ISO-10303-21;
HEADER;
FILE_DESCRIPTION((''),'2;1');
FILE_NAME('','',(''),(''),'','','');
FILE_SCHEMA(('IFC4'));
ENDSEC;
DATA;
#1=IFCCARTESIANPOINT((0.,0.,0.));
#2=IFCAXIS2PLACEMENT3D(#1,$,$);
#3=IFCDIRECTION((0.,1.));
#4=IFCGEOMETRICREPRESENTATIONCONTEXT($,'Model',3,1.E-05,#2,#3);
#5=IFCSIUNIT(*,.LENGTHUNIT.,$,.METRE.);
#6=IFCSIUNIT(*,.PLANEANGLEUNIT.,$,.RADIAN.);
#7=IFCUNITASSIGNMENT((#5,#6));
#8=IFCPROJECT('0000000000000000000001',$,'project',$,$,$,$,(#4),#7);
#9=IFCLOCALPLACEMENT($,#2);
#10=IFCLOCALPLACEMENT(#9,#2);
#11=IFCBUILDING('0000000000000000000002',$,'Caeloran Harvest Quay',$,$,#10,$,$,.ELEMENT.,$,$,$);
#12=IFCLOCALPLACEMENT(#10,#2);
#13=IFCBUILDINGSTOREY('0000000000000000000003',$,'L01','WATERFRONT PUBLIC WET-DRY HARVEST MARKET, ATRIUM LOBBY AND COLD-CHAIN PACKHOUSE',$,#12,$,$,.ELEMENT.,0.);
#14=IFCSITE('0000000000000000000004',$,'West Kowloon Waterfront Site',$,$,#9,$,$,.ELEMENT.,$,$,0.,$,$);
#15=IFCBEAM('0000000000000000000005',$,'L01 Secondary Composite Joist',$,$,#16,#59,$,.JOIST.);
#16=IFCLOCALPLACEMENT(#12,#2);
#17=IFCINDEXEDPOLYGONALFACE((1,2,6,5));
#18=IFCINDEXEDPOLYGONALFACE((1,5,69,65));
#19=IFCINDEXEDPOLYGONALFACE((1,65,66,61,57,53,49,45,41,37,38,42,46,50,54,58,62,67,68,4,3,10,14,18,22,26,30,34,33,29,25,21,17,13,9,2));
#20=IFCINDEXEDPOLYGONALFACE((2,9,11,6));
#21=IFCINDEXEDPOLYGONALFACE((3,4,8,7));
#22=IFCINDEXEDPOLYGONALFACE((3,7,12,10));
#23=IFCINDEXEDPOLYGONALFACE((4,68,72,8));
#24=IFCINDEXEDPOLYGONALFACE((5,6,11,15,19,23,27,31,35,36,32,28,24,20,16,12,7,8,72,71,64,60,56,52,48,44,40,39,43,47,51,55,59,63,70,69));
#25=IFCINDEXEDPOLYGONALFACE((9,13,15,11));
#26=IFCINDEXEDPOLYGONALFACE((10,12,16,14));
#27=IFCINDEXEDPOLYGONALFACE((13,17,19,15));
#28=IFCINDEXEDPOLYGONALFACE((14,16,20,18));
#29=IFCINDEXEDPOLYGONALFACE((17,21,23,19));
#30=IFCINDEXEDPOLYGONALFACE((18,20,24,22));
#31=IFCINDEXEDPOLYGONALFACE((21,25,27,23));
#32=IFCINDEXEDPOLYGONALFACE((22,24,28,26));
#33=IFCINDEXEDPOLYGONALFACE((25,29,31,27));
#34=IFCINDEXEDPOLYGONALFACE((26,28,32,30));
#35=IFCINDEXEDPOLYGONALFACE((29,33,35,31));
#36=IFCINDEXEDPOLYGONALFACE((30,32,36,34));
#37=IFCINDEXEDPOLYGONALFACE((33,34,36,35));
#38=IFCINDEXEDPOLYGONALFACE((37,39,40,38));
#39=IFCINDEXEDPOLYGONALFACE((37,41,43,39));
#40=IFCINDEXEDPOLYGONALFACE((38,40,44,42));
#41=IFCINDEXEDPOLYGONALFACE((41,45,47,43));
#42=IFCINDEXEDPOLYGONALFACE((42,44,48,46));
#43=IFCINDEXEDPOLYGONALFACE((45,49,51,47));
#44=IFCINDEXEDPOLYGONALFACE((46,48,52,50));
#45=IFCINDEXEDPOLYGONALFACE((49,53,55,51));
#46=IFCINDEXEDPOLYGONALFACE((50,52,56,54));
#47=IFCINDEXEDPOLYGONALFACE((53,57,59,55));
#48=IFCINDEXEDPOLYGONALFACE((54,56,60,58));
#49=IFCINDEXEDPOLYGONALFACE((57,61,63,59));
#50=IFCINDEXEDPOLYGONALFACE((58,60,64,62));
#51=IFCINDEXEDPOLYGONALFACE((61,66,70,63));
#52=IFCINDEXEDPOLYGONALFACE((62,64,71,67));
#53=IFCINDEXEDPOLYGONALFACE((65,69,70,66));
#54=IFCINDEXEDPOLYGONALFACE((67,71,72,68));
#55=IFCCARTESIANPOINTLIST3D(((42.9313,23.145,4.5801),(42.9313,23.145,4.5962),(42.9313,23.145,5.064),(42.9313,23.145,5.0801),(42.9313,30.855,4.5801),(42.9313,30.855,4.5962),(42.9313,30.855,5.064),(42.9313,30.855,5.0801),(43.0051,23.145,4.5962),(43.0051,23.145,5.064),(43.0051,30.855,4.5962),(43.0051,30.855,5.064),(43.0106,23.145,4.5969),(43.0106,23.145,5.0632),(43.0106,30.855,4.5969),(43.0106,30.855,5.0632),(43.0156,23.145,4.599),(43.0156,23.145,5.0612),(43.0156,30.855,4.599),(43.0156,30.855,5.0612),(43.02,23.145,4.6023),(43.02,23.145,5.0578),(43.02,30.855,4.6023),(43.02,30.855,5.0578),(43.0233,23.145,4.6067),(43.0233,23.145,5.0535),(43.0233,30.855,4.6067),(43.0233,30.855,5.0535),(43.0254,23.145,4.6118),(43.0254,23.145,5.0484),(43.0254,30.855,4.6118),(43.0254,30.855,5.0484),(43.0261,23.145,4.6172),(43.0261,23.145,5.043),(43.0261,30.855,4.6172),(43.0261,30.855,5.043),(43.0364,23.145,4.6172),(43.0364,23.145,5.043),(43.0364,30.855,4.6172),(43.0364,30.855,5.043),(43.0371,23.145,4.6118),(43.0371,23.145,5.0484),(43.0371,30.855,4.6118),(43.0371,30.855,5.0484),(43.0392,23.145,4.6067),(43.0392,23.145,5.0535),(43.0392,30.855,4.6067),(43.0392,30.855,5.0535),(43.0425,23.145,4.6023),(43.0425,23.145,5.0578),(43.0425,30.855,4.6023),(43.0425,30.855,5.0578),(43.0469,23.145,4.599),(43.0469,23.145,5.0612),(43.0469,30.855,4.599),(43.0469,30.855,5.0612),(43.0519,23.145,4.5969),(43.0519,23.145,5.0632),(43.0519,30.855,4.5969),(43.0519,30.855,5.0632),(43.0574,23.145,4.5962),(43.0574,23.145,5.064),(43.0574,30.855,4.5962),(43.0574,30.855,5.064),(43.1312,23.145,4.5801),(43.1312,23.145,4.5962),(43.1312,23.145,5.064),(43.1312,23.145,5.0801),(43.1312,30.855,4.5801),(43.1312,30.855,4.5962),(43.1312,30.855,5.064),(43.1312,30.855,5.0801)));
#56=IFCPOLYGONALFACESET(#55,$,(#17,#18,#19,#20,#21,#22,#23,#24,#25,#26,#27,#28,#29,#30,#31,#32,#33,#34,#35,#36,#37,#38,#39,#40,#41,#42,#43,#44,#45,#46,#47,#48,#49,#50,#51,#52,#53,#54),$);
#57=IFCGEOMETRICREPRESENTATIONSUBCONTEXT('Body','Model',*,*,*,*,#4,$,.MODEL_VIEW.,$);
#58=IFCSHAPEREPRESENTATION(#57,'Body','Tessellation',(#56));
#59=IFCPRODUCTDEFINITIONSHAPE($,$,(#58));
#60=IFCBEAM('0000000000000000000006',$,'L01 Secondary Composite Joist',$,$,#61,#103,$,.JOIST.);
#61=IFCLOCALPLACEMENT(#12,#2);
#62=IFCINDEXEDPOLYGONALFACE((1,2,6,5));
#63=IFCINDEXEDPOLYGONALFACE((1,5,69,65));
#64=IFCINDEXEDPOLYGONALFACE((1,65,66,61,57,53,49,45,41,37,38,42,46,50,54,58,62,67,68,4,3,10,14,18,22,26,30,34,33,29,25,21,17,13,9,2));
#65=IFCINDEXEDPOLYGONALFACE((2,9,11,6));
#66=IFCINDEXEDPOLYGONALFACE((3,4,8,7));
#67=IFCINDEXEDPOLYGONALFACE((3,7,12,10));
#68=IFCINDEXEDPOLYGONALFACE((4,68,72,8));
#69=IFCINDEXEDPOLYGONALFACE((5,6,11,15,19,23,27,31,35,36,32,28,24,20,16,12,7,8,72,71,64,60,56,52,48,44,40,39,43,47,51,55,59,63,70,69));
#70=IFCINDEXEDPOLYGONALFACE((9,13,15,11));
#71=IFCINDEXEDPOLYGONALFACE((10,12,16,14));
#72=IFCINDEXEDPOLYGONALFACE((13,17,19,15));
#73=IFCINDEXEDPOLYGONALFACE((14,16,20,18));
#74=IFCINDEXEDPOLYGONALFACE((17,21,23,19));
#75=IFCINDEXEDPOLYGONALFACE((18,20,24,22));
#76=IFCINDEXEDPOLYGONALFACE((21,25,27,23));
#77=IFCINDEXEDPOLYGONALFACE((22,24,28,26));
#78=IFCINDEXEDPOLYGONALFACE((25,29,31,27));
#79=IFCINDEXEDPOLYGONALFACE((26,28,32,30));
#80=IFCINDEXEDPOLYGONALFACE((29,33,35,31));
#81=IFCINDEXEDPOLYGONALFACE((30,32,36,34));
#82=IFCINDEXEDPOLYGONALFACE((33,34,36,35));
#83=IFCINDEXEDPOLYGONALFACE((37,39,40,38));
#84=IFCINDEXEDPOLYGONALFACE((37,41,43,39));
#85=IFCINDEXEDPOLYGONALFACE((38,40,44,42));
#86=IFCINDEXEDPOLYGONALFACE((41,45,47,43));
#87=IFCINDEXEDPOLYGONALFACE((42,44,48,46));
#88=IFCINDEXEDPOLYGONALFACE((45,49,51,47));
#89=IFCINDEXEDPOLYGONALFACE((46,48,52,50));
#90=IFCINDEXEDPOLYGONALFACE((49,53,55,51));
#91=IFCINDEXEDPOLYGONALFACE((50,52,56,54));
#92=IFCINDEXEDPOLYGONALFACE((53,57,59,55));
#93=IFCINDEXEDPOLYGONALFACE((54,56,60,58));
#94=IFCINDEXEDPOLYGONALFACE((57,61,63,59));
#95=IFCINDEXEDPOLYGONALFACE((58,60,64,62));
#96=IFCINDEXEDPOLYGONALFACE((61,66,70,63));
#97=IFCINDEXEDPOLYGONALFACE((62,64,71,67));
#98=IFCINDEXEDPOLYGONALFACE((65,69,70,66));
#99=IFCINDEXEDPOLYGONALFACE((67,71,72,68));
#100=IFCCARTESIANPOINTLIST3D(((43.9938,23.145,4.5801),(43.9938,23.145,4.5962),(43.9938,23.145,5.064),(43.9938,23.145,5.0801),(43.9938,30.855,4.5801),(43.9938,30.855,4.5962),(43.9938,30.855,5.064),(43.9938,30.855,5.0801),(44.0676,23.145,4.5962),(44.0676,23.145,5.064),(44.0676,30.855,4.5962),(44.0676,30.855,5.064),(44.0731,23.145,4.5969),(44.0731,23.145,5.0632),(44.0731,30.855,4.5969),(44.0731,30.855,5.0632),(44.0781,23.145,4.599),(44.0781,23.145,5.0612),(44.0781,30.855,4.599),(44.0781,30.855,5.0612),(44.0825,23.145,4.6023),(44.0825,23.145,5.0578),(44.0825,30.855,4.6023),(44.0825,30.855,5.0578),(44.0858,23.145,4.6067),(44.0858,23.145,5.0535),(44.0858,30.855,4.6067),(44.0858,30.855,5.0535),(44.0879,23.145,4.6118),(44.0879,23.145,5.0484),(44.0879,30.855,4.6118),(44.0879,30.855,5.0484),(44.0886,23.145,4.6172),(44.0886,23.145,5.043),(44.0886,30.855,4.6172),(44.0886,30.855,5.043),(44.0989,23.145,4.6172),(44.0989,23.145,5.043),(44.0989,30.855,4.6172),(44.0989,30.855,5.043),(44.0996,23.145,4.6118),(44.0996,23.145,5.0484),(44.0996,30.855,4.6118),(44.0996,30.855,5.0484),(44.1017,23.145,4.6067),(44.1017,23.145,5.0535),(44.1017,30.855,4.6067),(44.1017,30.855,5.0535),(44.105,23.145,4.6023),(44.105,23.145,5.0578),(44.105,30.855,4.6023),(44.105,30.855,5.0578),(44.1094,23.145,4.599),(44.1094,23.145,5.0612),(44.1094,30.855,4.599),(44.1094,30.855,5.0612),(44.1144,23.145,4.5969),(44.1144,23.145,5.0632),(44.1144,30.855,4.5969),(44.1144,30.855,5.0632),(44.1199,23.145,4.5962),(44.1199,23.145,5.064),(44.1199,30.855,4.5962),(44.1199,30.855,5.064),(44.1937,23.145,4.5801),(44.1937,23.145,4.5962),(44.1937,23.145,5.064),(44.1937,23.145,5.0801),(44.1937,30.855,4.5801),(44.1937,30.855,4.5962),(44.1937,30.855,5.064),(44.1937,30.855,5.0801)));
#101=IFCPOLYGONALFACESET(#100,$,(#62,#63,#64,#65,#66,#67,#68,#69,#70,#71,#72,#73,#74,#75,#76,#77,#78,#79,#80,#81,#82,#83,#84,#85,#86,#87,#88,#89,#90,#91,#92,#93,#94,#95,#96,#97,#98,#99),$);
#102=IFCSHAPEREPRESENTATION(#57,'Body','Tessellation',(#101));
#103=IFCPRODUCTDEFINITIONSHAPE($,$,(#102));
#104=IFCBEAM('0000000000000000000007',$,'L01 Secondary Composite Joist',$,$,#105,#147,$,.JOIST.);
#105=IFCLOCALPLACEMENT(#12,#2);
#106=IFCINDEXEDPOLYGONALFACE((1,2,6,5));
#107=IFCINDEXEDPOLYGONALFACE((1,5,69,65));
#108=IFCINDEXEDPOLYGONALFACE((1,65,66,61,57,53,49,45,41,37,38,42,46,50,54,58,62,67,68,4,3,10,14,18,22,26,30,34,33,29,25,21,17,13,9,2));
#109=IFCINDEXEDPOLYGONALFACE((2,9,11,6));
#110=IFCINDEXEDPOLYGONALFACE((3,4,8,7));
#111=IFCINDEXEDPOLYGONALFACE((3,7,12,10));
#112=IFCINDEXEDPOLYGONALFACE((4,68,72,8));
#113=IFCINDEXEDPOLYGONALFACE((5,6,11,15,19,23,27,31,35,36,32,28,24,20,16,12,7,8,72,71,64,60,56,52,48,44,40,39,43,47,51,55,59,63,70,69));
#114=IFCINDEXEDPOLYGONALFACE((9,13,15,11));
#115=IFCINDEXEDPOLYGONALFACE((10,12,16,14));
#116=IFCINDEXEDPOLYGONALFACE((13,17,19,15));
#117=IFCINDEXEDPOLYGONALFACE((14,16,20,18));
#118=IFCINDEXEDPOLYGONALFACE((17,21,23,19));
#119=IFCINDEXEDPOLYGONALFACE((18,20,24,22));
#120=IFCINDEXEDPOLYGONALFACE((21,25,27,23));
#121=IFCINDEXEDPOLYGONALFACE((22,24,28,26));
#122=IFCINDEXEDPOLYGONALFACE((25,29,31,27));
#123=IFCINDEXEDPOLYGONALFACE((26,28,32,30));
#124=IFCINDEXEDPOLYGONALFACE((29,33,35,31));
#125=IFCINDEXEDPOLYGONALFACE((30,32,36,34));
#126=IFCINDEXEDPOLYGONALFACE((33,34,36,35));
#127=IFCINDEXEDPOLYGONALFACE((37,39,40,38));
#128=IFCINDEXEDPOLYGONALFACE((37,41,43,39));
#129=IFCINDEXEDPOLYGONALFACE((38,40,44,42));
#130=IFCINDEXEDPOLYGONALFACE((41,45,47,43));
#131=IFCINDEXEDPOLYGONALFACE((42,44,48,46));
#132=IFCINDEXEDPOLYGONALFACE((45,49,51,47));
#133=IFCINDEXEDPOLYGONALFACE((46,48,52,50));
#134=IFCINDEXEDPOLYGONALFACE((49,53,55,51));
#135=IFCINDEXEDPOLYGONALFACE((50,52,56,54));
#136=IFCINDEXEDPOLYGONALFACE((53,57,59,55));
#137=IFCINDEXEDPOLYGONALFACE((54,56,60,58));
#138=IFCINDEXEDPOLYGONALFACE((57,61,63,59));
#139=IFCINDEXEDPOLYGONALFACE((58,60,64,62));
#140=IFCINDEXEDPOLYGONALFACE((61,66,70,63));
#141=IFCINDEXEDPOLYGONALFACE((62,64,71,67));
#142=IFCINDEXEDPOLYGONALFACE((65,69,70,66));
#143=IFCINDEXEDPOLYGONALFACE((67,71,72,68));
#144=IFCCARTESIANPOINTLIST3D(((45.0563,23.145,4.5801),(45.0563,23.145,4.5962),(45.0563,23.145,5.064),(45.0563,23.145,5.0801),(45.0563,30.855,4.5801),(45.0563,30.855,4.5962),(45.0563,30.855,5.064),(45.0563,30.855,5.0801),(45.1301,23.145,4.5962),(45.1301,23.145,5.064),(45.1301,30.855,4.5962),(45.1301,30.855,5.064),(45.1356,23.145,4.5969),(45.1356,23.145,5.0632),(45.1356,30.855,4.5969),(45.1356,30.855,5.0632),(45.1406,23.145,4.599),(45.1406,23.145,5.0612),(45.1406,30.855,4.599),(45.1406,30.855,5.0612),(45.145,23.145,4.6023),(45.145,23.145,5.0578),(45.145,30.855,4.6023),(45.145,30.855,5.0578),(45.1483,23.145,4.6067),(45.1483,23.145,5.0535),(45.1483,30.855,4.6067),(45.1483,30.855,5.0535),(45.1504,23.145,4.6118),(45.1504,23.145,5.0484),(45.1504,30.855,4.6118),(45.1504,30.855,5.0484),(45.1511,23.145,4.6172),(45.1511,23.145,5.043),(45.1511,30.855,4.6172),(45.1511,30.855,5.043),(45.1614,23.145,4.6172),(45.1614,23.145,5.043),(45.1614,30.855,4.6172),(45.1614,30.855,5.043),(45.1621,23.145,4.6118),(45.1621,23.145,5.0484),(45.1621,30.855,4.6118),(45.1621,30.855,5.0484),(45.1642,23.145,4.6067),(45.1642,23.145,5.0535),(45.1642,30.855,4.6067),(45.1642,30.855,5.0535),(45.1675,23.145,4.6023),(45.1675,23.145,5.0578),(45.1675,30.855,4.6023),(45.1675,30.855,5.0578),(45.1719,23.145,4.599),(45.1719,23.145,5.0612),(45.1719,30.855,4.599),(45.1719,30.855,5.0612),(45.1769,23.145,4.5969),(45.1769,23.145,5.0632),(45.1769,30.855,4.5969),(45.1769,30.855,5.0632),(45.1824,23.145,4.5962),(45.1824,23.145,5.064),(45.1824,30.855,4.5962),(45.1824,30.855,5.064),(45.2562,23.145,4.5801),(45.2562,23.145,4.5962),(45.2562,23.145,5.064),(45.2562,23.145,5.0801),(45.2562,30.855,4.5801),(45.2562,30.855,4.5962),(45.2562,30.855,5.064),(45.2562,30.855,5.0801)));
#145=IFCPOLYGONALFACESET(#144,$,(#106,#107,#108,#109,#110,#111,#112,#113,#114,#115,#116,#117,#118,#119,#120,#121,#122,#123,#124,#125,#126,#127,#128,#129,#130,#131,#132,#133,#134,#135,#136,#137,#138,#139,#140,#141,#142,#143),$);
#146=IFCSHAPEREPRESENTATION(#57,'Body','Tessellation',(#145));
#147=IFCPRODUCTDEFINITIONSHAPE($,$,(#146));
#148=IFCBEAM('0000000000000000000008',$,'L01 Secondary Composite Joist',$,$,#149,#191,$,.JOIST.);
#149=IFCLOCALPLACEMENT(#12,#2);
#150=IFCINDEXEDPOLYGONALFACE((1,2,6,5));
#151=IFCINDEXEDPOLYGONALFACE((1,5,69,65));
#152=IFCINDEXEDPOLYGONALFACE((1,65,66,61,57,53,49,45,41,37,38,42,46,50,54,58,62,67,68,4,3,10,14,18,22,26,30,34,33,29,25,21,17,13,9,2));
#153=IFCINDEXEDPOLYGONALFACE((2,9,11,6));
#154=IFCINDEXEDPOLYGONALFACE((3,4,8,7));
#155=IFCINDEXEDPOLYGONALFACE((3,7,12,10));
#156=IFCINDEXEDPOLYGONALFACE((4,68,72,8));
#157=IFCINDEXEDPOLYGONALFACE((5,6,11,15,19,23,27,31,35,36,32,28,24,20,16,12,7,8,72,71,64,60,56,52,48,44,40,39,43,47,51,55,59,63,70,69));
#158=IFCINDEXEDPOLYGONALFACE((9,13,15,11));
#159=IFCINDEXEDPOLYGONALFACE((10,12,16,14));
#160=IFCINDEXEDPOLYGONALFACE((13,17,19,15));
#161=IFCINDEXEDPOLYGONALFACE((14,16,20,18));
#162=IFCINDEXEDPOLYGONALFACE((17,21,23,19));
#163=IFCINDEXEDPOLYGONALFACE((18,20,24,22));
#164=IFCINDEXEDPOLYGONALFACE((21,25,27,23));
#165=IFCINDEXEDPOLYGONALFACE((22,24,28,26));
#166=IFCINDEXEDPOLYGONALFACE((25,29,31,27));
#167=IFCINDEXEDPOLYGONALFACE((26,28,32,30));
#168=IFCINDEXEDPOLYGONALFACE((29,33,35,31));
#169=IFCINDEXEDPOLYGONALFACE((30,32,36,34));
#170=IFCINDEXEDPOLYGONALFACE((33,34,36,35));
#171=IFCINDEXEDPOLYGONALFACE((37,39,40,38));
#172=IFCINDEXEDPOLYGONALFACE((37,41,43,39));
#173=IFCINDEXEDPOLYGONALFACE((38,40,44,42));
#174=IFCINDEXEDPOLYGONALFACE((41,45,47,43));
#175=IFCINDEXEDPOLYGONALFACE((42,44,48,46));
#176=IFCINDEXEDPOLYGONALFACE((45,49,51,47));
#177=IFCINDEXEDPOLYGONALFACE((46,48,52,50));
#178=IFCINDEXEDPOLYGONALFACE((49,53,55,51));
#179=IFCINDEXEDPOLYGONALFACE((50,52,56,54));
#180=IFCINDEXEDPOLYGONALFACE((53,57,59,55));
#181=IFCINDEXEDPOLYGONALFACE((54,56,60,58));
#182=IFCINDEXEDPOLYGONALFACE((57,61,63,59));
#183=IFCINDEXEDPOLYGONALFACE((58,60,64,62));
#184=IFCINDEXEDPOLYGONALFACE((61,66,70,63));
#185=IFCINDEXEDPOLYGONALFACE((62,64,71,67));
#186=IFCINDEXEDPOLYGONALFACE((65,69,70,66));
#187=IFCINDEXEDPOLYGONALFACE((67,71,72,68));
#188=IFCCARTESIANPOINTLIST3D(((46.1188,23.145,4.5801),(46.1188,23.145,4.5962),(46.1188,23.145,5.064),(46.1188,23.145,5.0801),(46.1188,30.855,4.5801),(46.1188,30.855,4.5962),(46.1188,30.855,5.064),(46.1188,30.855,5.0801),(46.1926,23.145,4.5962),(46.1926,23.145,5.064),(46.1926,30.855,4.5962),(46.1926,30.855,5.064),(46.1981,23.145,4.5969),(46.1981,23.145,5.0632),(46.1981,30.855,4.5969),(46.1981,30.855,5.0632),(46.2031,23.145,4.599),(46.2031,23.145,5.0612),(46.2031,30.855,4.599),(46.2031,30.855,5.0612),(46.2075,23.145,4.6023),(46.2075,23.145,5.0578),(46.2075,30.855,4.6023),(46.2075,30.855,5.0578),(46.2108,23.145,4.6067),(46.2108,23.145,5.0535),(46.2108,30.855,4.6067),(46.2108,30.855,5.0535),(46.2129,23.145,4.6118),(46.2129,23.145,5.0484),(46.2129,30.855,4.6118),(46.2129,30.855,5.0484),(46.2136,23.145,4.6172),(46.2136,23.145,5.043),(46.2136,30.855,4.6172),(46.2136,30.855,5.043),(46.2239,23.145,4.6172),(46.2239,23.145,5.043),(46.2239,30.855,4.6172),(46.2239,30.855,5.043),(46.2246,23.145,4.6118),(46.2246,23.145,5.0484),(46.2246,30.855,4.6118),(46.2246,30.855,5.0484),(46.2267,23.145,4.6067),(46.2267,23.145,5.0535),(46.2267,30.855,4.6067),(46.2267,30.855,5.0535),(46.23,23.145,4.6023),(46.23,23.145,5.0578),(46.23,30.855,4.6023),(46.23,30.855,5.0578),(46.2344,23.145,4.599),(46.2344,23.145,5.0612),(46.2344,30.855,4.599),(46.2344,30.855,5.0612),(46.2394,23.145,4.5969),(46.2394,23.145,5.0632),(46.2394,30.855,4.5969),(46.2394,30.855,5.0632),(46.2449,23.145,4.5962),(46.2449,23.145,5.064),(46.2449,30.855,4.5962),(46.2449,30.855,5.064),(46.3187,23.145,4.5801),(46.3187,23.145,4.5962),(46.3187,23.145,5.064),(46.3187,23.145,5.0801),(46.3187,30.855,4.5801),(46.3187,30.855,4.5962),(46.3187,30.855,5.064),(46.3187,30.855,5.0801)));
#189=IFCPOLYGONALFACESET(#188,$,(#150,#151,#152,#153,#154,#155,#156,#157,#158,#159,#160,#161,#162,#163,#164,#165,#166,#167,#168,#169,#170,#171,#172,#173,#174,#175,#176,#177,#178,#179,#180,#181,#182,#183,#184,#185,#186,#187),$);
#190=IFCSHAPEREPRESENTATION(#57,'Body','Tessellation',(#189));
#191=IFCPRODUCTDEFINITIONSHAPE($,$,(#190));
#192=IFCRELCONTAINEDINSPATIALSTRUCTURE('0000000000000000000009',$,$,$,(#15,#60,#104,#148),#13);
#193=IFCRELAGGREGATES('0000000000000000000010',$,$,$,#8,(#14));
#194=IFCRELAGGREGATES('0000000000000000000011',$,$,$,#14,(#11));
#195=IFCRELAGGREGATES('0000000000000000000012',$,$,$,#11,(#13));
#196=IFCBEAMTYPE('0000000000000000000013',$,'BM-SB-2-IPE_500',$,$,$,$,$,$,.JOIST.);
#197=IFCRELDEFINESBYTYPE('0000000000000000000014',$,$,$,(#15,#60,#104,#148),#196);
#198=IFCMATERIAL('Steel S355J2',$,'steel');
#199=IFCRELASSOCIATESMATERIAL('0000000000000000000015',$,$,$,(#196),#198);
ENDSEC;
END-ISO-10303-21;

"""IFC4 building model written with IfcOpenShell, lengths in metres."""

from ifc_helpers import new_model, si_unit, direction, frame, origin, origin_2d, place, context, subcontext, project, spatial, i_section, extrude, material, material_profile, profile_set, type_object, element, save


model = new_model("IFC4")

# Units and contexts
model_context = context("Model", 3, precision=1e-05, world=origin(), true_north=direction((0.0, 1.0)))
body_context = subcontext(model_context, "Body", "Model", "MODEL_VIEW")
ifc_project = project(units=[si_unit("LENGTHUNIT", "METRE"), si_unit("PLANEANGLEUNIT", "RADIAN")], contexts=[model_context])

# Site, building, storey
site_placement = place(None, origin())
site = spatial("IfcSite", under=ifc_project, at=site_placement, Name="West Kowloon Waterfront Site", CompositionType="ELEMENT", RefElevation=0.0)
building_placement = place(site_placement, origin())
building = spatial("IfcBuilding", under=site, at=building_placement, Name="Caeloran Harvest Quay", CompositionType="ELEMENT")
storey_placement = place(building_placement, origin())
storey = spatial("IfcBuildingStorey", under=building, at=storey_placement, Name="L01", Description="WATERFRONT PUBLIC WET-DRY HARVEST MARKET, ATRIUM LOBBY AND COLD-CHAIN PACKHOUSE", CompositionType="ELEMENT", Elevation=0.0)

# Beams
ifc_material_1 = material(Name="Steel S355J2", Category="steel")
ifc_material_profile_1 = material_profile(ifc_material_1, i_section(OverallWidth=0.2, OverallDepth=0.5, WebThickness=0.0103, FlangeThickness=0.0161, FilletRadius=0.021, at=origin_2d()), Name="IPE 500")
ifc_profile_set_1 = profile_set([ifc_material_profile_1], Name="Steel S355J2")
beam_type_1 = type_object("IfcBeamType", Name="BM-SB-2-IPE_500", PredefinedType="JOIST", material=ifc_profile_set_1)
for number, where, z_axis, x_axis, name in (
    (1, (43.0312, 23.145, 4.8301), (0.0, 1.0, 0.0), (-1.0, 0.0, 0.0), "L01 Secondary Composite Joist"),
    (2, (44.0938, 23.145, 4.8301), (0.0, 1.0, 0.0), (-1.0, 0.0, 0.0), "L01 Secondary Composite Joist"),
    (3, (45.1562, 23.145, 4.8301), (0.0, 1.0, 0.0), (-1.0, 0.0, 0.0), "L01 Secondary Composite Joist"),
    (4, (46.2188, 23.145, 4.8301), (0.0, 1.0, 0.0), (-1.0, 0.0, 0.0), "L01 Secondary Composite Joist"),
):
    element("IfcBeam", number, at=place(storey_placement, frame(where, z_axis=z_axis, x_axis=x_axis)), inside=storey, type_object=beam_type_1, Name=name, PredefinedType="JOIST", context=body_context, shape_type="SweptSolid", body=[
        extrude(i_section(OverallWidth=0.2, OverallDepth=0.5, WebThickness=0.0103, FlangeThickness=0.0161, FilletRadius=0.021, at=origin_2d()), origin(), (0.0, 0.0, 1.0), 7.71),
    ])

save(model, "model.ifc")
